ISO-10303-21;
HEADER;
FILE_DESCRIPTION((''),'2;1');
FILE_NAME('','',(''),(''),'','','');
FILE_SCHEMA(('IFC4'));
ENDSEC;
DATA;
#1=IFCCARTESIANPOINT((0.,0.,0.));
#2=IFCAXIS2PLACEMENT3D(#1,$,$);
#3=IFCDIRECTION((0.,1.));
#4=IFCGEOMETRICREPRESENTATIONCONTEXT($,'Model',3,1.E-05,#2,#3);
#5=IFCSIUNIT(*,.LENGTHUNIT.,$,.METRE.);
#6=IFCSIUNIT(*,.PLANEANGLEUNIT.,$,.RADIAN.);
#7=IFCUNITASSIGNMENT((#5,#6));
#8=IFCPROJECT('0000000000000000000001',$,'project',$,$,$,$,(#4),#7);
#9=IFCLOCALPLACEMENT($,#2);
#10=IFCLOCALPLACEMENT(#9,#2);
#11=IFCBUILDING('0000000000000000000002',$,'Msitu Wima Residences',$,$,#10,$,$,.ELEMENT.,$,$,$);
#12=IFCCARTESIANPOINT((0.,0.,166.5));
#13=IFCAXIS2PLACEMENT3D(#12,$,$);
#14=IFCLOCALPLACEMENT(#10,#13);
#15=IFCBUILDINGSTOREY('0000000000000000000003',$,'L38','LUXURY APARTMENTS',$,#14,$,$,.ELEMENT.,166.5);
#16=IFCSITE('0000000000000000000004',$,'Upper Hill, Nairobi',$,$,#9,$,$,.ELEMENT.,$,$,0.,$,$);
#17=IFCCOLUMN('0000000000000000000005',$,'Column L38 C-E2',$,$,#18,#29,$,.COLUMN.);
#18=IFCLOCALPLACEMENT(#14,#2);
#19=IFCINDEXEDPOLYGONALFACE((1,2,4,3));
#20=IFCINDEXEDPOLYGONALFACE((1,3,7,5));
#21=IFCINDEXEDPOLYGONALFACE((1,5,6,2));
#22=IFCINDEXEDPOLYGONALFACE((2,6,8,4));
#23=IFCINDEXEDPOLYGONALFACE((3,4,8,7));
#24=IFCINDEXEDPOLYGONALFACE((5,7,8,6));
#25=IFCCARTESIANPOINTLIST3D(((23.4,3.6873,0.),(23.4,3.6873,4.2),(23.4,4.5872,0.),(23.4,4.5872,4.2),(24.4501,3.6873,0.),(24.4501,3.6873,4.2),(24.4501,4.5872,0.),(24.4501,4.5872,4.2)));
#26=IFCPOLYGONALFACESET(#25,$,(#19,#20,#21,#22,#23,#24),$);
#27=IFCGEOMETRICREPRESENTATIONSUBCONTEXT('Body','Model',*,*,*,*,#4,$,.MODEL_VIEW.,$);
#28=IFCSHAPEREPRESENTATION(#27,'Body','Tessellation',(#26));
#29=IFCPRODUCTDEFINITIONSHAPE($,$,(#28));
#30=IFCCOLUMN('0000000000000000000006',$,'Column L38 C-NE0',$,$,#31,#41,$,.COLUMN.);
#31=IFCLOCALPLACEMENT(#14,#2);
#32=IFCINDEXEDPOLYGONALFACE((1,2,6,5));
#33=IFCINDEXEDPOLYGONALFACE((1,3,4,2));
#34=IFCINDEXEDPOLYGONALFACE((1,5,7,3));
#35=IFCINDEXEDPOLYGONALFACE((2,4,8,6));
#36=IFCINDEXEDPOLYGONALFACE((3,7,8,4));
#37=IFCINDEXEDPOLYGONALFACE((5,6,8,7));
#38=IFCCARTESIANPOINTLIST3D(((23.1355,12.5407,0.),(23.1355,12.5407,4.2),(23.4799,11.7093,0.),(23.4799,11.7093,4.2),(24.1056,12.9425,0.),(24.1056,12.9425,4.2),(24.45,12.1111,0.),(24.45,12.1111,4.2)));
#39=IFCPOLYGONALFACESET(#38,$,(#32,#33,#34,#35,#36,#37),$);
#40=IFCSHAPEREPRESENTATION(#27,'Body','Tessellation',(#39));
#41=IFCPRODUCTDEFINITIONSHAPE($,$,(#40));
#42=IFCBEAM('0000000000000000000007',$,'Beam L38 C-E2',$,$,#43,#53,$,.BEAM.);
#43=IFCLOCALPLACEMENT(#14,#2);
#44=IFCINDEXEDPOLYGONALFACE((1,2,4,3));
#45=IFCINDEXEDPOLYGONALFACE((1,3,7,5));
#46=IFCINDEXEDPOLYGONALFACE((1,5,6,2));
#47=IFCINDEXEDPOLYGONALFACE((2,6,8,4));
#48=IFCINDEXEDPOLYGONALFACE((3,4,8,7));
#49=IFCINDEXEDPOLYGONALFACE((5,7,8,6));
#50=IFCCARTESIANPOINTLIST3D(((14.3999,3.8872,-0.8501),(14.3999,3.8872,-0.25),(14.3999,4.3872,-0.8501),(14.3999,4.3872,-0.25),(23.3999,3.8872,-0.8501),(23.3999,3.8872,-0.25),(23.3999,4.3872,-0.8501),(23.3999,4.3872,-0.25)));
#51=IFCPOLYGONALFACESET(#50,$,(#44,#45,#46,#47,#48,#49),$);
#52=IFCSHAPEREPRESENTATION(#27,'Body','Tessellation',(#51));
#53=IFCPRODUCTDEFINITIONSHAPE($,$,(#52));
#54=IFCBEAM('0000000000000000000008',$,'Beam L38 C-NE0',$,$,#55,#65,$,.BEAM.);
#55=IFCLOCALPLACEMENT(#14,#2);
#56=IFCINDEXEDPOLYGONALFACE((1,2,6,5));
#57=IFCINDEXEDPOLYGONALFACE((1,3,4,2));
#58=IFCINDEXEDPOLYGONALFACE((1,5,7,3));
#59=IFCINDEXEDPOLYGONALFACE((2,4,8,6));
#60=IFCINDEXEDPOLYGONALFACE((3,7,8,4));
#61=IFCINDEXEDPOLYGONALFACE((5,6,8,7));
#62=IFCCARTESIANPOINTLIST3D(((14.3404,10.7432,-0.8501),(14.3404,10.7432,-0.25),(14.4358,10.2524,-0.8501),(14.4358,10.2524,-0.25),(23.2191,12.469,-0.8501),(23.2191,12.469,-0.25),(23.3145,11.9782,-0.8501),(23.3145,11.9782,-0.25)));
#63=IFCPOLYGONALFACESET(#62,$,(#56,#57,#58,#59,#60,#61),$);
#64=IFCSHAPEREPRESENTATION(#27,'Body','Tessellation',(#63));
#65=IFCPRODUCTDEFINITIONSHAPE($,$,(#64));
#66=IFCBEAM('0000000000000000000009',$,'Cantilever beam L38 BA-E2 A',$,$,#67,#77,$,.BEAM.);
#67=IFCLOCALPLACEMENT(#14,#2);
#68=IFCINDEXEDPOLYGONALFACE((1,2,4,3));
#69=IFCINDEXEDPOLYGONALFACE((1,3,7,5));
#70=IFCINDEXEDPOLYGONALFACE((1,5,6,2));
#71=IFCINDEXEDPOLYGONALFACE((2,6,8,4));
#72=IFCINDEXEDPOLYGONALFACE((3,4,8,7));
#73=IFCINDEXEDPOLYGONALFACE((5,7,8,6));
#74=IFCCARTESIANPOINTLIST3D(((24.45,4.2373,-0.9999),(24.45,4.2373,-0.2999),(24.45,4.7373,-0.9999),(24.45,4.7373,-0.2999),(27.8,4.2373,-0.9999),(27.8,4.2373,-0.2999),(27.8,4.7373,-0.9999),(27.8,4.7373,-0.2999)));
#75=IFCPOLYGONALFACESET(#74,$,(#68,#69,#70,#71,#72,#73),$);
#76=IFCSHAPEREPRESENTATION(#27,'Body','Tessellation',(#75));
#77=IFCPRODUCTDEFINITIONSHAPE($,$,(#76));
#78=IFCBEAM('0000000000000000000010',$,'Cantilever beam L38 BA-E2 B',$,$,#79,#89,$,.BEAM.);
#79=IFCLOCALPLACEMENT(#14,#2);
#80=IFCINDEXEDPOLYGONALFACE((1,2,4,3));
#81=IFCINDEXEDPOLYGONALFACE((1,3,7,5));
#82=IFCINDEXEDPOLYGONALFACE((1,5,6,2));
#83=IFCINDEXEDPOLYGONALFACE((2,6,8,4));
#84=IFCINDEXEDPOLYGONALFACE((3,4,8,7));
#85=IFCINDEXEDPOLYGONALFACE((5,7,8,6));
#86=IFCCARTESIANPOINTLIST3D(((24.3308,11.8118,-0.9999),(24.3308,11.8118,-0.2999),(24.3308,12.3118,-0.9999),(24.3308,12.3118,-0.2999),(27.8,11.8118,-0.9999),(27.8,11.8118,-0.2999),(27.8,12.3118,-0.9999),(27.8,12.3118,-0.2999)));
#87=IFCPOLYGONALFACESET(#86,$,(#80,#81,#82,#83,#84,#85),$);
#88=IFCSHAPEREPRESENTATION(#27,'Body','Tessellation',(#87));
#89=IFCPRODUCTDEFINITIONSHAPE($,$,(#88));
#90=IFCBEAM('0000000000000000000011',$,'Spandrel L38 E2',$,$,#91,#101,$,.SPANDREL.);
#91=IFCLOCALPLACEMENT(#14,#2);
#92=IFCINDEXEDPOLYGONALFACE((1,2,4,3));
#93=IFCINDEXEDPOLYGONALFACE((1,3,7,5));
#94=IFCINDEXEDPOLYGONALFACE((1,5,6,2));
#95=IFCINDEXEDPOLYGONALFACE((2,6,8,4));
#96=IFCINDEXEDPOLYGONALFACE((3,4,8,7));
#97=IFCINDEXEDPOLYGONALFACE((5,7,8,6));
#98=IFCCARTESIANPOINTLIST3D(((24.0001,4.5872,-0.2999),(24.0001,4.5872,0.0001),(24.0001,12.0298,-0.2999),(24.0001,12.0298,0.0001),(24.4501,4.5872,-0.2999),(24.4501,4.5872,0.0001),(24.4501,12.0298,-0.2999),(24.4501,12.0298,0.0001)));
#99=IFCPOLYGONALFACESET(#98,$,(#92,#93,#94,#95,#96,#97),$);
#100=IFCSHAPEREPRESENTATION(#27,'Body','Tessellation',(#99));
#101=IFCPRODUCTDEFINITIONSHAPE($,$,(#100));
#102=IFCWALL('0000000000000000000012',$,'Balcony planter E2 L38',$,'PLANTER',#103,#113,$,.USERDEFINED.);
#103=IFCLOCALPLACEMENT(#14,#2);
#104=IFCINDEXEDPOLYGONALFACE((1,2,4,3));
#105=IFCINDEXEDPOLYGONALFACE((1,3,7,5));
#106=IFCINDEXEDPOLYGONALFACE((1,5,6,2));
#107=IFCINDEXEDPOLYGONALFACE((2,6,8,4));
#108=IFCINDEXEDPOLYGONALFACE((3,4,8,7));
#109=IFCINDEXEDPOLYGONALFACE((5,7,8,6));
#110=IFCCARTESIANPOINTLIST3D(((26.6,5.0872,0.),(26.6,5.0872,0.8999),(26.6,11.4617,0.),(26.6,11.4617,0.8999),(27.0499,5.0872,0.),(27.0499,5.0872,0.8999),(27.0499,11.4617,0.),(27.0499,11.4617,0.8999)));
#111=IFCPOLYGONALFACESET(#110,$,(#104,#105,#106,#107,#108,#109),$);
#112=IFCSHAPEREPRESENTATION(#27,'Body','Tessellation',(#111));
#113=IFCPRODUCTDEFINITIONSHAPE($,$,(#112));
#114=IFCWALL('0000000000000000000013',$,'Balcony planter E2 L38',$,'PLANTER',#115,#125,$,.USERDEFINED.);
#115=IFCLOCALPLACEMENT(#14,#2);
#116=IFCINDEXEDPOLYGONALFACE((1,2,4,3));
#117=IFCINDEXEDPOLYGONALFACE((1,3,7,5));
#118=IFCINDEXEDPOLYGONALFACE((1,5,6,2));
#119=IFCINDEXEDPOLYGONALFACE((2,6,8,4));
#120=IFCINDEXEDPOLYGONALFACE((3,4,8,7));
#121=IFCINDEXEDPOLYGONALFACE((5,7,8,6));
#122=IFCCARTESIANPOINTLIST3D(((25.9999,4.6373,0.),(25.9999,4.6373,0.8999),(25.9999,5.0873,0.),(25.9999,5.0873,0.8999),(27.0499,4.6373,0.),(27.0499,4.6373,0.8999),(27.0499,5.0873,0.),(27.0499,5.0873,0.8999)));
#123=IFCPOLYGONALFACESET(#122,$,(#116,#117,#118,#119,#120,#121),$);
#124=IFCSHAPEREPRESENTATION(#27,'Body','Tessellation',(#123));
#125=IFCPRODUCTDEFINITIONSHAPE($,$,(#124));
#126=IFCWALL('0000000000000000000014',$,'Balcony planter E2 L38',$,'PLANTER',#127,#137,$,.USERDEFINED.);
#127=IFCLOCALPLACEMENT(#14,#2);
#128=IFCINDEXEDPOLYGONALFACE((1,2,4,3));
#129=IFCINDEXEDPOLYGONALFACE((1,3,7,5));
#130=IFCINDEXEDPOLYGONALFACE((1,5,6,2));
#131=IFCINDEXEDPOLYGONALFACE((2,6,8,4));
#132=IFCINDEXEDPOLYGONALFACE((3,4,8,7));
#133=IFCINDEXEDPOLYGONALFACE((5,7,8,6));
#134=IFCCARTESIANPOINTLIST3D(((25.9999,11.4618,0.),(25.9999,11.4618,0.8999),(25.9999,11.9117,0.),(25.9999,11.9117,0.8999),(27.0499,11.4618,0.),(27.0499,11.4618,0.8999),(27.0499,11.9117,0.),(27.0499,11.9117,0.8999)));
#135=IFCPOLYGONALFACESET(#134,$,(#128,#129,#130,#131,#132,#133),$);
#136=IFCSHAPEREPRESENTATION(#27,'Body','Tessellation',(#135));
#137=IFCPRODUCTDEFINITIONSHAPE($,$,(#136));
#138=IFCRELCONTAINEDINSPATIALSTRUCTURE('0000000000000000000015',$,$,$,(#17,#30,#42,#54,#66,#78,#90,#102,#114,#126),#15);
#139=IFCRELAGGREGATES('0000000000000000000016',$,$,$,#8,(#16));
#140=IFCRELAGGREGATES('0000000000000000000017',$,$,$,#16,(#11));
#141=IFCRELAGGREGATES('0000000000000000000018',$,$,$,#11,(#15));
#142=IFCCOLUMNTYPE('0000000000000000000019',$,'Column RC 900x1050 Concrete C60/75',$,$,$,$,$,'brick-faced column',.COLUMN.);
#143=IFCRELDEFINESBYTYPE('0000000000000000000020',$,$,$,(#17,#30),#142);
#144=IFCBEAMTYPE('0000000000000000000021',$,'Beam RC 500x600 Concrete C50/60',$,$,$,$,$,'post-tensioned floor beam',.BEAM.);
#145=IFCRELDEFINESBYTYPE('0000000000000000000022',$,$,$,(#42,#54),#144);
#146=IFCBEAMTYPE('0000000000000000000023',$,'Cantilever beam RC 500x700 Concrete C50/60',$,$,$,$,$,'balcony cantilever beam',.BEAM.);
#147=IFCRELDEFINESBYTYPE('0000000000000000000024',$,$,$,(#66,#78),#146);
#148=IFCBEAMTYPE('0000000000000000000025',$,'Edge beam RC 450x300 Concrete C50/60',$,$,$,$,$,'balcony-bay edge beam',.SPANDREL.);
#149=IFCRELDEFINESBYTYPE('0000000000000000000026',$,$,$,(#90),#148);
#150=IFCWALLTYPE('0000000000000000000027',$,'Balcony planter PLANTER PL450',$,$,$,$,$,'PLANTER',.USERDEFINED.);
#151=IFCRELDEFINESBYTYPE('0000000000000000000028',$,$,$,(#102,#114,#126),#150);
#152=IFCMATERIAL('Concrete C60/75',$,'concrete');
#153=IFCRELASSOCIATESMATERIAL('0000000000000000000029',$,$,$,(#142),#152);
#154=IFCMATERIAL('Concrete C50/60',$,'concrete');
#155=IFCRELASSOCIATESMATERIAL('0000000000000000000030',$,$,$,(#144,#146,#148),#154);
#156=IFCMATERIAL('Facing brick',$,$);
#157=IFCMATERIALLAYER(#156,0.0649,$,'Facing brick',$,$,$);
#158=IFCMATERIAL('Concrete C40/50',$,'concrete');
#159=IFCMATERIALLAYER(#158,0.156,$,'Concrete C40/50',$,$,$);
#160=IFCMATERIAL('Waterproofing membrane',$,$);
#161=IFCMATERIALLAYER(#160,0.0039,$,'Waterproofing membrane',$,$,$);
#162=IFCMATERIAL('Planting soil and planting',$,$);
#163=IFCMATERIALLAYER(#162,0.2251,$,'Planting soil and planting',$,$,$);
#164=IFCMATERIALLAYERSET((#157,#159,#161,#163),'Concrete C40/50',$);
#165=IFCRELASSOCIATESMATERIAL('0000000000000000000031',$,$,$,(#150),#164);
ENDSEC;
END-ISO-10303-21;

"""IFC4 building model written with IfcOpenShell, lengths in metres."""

from ifc_helpers import new_model, si_unit, direction, frame, frame_2d, origin, origin_2d, place, context, subcontext, project, spatial, rectangle, extrude, material, layer, layer_set, material_profile, profile_set, type_object, element, save


model = new_model("IFC4")

# Units and contexts
model_context = context("Model", 3, precision=1e-05, world=origin(), true_north=direction((0.0, 1.0)))
body_context = subcontext(model_context, "Body", "Model", "MODEL_VIEW")
ifc_project = project(units=[si_unit("LENGTHUNIT", "METRE"), si_unit("PLANEANGLEUNIT", "RADIAN")], contexts=[model_context])

# Site, building, storey
site_placement = place(None, origin())
site = spatial("IfcSite", under=ifc_project, at=site_placement, Name="Upper Hill, Nairobi", CompositionType="ELEMENT", RefElevation=0.0)
building_placement = place(site_placement, origin())
building = spatial("IfcBuilding", under=site, at=building_placement, Name="Msitu Wima Residences", CompositionType="ELEMENT")
storey_placement = place(building_placement, frame((0.0, 0.0, 166.5)))
storey = spatial("IfcBuildingStorey", under=building, at=storey_placement, Name="L38", Description="LUXURY APARTMENTS", CompositionType="ELEMENT", Elevation=166.5)

# Columns
ifc_material_1 = material(Name="Concrete C60/75", Category="concrete")
ifc_material_profile_1 = material_profile(ifc_material_1, rectangle(XDim=0.8999, YDim=1.05, at=origin_2d()), Name="RC 900x1050")
ifc_profile_set_1 = profile_set([ifc_material_profile_1], Name="Concrete C60/75")
column_type = type_object("IfcColumnType", Name="Column RC 900x1050 Concrete C60/75", ElementType="brick-faced column", PredefinedType="COLUMN", material=ifc_profile_set_1)
for number, where, z_axis, x_axis, name in (
    (1, (23.925, 4.1372, 0.0), (0.0, 0.0, 1.0), (0.0, 1.0, 0.0), "Column L38 C-E2"),
    (2, (23.7927, 12.3259, 0.0), (0.0, 0.0, 1.0), (-0.382683, 0.92388, 0.0), "Column L38 C-NE0"),
):
    element("IfcColumn", number, at=place(storey_placement, frame(where, z_axis=z_axis, x_axis=x_axis)), inside=storey, type_object=column_type, Name=name, PredefinedType="COLUMN", context=body_context, shape_type="SweptSolid", body=[
        extrude(rectangle(XDim=0.8999, YDim=1.05, at=origin_2d()), origin(), (0.0, 0.0, 1.0), 4.2),
    ])

# Beams
ifc_material_2 = material(Name="Concrete C50/60", Category="concrete")
ifc_material_profile_2 = material_profile(ifc_material_2, rectangle(XDim=0.5, YDim=0.6001, at=origin_2d()), Name="RC 500x600")
ifc_profile_set_2 = profile_set([ifc_material_profile_2], Name="Concrete C50/60")
beam_type_1 = type_object("IfcBeamType", Name="Beam RC 500x600 Concrete C50/60", ElementType="post-tensioned floor beam", PredefinedType="BEAM", material=ifc_profile_set_2)
beam_1_placement = place(storey_placement, frame((23.3999, 4.1372, -0.55), z_axis=(-1.0, 0.0, 0.0), x_axis=(0.0, -1.0, 0.0)))
element("IfcBeam", 3, at=beam_1_placement, inside=storey, type_object=beam_type_1, Name="Beam L38 C-E2", PredefinedType="BEAM", context=body_context, shape_type="SweptSolid", body=[
    extrude(rectangle(XDim=0.5, YDim=0.6001, at=origin_2d()), origin(), (0.0, 0.0, 1.0), 9.0),
])
beam_2_placement = place(storey_placement, frame((23.2668, 12.2236, -0.55), z_axis=(-0.981627, -0.190808, 0.0), x_axis=(0.190808, -0.981627, 0.0)))
element("IfcBeam", 4, at=beam_2_placement, inside=storey, type_object=beam_type_1, Name="Beam L38 C-NE0", PredefinedType="BEAM", context=body_context, shape_type="SweptSolid", body=[
    extrude(rectangle(XDim=0.5, YDim=0.6001, at=origin_2d()), origin(), (0.0, 0.0, 1.0), 9.0449),
])
ifc_material_profile_3 = material_profile(ifc_material_2, rectangle(XDim=0.5, YDim=0.7, at=origin_2d()), Name="RC 500x700")
ifc_profile_set_3 = profile_set([ifc_material_profile_3], Name="Concrete C50/60")
beam_type_2 = type_object("IfcBeamType", Name="Cantilever beam RC 500x700 Concrete C50/60", ElementType="balcony cantilever beam", PredefinedType="BEAM", material=ifc_profile_set_3)
beam_3_placement = place(storey_placement, frame((24.45, 4.4873, -0.6499), z_axis=(1.0, 0.0, 0.0), x_axis=(0.0, 1.0, 0.0)))
element("IfcBeam", 5, at=beam_3_placement, inside=storey, type_object=beam_type_2, Name="Cantilever beam L38 BA-E2 A", PredefinedType="BEAM", context=body_context, shape_type="SweptSolid", body=[
    extrude(rectangle(XDim=0.5, YDim=0.7, at=origin_2d()), origin(), (0.0, 0.0, 1.0), 3.3501),
])
beam_4_placement = place(storey_placement, frame((24.3308, 12.0618, -0.6499), z_axis=(1.0, 0.0, 0.0), x_axis=(0.0, 1.0, 0.0)))
element("IfcBeam", 6, at=beam_4_placement, inside=storey, type_object=beam_type_2, Name="Cantilever beam L38 BA-E2 B", PredefinedType="BEAM", context=body_context, shape_type="SweptSolid", body=[
    extrude(rectangle(XDim=0.5, YDim=0.7, at=origin_2d()), origin(), (0.0, 0.0, 1.0), 3.4692),
])
ifc_material_profile_4 = material_profile(ifc_material_2, rectangle(XDim=0.45, YDim=0.3, at=origin_2d()), Name="RC 450x300")
ifc_profile_set_4 = profile_set([ifc_material_profile_4], Name="Concrete C50/60")
beam_type_3 = type_object("IfcBeamType", Name="Edge beam RC 450x300 Concrete C50/60", ElementType="balcony-bay edge beam", PredefinedType="SPANDREL", material=ifc_profile_set_4)
beam_5_placement = place(storey_placement, frame((24.2251, 4.5872, -0.1499), z_axis=(0.0, 1.0, 0.0), x_axis=(-1.0, 0.0, 0.0)))
element("IfcBeam", 7, at=beam_5_placement, inside=storey, type_object=beam_type_3, Name="Spandrel L38 E2", PredefinedType="SPANDREL", context=body_context, shape_type="SweptSolid", body=[
    extrude(rectangle(XDim=0.45, YDim=0.3, at=origin_2d()), origin(), (0.0, 0.0, 1.0), 7.4426),
])

# Walls
ifc_material_3 = material(Name="Facing brick")
ifc_layer_1 = layer(ifc_material_3, 0.0649, Name="Facing brick")
ifc_material_4 = material(Name="Concrete C40/50", Category="concrete")
ifc_layer_2 = layer(ifc_material_4, 0.156, Name="Concrete C40/50")
ifc_material_5 = material(Name="Waterproofing membrane")
ifc_layer_3 = layer(ifc_material_5, 0.0039, Name="Waterproofing membrane")
ifc_material_6 = material(Name="Planting soil and planting")
ifc_layer_4 = layer(ifc_material_6, 0.2251, Name="Planting soil and planting")
ifc_layer_set_1 = layer_set([ifc_layer_1, ifc_layer_2, ifc_layer_3, ifc_layer_4], Name="Concrete C40/50")
wall_type_1 = type_object("IfcWallType", Name="Balcony planter PLANTER PL450", ElementType="PLANTER", PredefinedType="USERDEFINED", material=ifc_layer_set_1)
wall_1_placement = place(storey_placement, frame((26.825, 5.0872, 0.0), z_axis=(0.0, 0.0, 1.0), x_axis=(0.0, 1.0, 0.0)))
element("IfcWall", 8, at=wall_1_placement, inside=storey, type_object=wall_type_1, Name="Balcony planter E2 L38", ObjectType="PLANTER", PredefinedType="USERDEFINED", context=body_context, shape_type="SweptSolid", body=[
    extrude(rectangle(XDim=6.3745, YDim=0.45, at=frame_2d((3.1873, 0.0))), origin(), (0.0, 0.0, 1.0), 0.8999),
])
for number, where, z_axis, x_axis, name in (
    (9, (26.0, 4.8623, 0.0), (0.0, 0.0, 1.0), (1.0, 0.0, 0.0), "Balcony planter E2 L38"),
    (10, (26.0, 11.6868, 0.0), (0.0, 0.0, 1.0), (1.0, 0.0, 0.0), "Balcony planter E2 L38"),
):
    element("IfcWall", number, at=place(storey_placement, frame(where, z_axis=z_axis, x_axis=x_axis)), inside=storey, type_object=wall_type_1, Name=name, ObjectType="PLANTER", PredefinedType="USERDEFINED", context=body_context, shape_type="SweptSolid", body=[
        extrude(rectangle(XDim=1.05, YDim=0.45, at=frame_2d((0.5249, 0.0))), origin(), (0.0, 0.0, 1.0), 0.8999),
    ])

save(model, "model.ifc")
